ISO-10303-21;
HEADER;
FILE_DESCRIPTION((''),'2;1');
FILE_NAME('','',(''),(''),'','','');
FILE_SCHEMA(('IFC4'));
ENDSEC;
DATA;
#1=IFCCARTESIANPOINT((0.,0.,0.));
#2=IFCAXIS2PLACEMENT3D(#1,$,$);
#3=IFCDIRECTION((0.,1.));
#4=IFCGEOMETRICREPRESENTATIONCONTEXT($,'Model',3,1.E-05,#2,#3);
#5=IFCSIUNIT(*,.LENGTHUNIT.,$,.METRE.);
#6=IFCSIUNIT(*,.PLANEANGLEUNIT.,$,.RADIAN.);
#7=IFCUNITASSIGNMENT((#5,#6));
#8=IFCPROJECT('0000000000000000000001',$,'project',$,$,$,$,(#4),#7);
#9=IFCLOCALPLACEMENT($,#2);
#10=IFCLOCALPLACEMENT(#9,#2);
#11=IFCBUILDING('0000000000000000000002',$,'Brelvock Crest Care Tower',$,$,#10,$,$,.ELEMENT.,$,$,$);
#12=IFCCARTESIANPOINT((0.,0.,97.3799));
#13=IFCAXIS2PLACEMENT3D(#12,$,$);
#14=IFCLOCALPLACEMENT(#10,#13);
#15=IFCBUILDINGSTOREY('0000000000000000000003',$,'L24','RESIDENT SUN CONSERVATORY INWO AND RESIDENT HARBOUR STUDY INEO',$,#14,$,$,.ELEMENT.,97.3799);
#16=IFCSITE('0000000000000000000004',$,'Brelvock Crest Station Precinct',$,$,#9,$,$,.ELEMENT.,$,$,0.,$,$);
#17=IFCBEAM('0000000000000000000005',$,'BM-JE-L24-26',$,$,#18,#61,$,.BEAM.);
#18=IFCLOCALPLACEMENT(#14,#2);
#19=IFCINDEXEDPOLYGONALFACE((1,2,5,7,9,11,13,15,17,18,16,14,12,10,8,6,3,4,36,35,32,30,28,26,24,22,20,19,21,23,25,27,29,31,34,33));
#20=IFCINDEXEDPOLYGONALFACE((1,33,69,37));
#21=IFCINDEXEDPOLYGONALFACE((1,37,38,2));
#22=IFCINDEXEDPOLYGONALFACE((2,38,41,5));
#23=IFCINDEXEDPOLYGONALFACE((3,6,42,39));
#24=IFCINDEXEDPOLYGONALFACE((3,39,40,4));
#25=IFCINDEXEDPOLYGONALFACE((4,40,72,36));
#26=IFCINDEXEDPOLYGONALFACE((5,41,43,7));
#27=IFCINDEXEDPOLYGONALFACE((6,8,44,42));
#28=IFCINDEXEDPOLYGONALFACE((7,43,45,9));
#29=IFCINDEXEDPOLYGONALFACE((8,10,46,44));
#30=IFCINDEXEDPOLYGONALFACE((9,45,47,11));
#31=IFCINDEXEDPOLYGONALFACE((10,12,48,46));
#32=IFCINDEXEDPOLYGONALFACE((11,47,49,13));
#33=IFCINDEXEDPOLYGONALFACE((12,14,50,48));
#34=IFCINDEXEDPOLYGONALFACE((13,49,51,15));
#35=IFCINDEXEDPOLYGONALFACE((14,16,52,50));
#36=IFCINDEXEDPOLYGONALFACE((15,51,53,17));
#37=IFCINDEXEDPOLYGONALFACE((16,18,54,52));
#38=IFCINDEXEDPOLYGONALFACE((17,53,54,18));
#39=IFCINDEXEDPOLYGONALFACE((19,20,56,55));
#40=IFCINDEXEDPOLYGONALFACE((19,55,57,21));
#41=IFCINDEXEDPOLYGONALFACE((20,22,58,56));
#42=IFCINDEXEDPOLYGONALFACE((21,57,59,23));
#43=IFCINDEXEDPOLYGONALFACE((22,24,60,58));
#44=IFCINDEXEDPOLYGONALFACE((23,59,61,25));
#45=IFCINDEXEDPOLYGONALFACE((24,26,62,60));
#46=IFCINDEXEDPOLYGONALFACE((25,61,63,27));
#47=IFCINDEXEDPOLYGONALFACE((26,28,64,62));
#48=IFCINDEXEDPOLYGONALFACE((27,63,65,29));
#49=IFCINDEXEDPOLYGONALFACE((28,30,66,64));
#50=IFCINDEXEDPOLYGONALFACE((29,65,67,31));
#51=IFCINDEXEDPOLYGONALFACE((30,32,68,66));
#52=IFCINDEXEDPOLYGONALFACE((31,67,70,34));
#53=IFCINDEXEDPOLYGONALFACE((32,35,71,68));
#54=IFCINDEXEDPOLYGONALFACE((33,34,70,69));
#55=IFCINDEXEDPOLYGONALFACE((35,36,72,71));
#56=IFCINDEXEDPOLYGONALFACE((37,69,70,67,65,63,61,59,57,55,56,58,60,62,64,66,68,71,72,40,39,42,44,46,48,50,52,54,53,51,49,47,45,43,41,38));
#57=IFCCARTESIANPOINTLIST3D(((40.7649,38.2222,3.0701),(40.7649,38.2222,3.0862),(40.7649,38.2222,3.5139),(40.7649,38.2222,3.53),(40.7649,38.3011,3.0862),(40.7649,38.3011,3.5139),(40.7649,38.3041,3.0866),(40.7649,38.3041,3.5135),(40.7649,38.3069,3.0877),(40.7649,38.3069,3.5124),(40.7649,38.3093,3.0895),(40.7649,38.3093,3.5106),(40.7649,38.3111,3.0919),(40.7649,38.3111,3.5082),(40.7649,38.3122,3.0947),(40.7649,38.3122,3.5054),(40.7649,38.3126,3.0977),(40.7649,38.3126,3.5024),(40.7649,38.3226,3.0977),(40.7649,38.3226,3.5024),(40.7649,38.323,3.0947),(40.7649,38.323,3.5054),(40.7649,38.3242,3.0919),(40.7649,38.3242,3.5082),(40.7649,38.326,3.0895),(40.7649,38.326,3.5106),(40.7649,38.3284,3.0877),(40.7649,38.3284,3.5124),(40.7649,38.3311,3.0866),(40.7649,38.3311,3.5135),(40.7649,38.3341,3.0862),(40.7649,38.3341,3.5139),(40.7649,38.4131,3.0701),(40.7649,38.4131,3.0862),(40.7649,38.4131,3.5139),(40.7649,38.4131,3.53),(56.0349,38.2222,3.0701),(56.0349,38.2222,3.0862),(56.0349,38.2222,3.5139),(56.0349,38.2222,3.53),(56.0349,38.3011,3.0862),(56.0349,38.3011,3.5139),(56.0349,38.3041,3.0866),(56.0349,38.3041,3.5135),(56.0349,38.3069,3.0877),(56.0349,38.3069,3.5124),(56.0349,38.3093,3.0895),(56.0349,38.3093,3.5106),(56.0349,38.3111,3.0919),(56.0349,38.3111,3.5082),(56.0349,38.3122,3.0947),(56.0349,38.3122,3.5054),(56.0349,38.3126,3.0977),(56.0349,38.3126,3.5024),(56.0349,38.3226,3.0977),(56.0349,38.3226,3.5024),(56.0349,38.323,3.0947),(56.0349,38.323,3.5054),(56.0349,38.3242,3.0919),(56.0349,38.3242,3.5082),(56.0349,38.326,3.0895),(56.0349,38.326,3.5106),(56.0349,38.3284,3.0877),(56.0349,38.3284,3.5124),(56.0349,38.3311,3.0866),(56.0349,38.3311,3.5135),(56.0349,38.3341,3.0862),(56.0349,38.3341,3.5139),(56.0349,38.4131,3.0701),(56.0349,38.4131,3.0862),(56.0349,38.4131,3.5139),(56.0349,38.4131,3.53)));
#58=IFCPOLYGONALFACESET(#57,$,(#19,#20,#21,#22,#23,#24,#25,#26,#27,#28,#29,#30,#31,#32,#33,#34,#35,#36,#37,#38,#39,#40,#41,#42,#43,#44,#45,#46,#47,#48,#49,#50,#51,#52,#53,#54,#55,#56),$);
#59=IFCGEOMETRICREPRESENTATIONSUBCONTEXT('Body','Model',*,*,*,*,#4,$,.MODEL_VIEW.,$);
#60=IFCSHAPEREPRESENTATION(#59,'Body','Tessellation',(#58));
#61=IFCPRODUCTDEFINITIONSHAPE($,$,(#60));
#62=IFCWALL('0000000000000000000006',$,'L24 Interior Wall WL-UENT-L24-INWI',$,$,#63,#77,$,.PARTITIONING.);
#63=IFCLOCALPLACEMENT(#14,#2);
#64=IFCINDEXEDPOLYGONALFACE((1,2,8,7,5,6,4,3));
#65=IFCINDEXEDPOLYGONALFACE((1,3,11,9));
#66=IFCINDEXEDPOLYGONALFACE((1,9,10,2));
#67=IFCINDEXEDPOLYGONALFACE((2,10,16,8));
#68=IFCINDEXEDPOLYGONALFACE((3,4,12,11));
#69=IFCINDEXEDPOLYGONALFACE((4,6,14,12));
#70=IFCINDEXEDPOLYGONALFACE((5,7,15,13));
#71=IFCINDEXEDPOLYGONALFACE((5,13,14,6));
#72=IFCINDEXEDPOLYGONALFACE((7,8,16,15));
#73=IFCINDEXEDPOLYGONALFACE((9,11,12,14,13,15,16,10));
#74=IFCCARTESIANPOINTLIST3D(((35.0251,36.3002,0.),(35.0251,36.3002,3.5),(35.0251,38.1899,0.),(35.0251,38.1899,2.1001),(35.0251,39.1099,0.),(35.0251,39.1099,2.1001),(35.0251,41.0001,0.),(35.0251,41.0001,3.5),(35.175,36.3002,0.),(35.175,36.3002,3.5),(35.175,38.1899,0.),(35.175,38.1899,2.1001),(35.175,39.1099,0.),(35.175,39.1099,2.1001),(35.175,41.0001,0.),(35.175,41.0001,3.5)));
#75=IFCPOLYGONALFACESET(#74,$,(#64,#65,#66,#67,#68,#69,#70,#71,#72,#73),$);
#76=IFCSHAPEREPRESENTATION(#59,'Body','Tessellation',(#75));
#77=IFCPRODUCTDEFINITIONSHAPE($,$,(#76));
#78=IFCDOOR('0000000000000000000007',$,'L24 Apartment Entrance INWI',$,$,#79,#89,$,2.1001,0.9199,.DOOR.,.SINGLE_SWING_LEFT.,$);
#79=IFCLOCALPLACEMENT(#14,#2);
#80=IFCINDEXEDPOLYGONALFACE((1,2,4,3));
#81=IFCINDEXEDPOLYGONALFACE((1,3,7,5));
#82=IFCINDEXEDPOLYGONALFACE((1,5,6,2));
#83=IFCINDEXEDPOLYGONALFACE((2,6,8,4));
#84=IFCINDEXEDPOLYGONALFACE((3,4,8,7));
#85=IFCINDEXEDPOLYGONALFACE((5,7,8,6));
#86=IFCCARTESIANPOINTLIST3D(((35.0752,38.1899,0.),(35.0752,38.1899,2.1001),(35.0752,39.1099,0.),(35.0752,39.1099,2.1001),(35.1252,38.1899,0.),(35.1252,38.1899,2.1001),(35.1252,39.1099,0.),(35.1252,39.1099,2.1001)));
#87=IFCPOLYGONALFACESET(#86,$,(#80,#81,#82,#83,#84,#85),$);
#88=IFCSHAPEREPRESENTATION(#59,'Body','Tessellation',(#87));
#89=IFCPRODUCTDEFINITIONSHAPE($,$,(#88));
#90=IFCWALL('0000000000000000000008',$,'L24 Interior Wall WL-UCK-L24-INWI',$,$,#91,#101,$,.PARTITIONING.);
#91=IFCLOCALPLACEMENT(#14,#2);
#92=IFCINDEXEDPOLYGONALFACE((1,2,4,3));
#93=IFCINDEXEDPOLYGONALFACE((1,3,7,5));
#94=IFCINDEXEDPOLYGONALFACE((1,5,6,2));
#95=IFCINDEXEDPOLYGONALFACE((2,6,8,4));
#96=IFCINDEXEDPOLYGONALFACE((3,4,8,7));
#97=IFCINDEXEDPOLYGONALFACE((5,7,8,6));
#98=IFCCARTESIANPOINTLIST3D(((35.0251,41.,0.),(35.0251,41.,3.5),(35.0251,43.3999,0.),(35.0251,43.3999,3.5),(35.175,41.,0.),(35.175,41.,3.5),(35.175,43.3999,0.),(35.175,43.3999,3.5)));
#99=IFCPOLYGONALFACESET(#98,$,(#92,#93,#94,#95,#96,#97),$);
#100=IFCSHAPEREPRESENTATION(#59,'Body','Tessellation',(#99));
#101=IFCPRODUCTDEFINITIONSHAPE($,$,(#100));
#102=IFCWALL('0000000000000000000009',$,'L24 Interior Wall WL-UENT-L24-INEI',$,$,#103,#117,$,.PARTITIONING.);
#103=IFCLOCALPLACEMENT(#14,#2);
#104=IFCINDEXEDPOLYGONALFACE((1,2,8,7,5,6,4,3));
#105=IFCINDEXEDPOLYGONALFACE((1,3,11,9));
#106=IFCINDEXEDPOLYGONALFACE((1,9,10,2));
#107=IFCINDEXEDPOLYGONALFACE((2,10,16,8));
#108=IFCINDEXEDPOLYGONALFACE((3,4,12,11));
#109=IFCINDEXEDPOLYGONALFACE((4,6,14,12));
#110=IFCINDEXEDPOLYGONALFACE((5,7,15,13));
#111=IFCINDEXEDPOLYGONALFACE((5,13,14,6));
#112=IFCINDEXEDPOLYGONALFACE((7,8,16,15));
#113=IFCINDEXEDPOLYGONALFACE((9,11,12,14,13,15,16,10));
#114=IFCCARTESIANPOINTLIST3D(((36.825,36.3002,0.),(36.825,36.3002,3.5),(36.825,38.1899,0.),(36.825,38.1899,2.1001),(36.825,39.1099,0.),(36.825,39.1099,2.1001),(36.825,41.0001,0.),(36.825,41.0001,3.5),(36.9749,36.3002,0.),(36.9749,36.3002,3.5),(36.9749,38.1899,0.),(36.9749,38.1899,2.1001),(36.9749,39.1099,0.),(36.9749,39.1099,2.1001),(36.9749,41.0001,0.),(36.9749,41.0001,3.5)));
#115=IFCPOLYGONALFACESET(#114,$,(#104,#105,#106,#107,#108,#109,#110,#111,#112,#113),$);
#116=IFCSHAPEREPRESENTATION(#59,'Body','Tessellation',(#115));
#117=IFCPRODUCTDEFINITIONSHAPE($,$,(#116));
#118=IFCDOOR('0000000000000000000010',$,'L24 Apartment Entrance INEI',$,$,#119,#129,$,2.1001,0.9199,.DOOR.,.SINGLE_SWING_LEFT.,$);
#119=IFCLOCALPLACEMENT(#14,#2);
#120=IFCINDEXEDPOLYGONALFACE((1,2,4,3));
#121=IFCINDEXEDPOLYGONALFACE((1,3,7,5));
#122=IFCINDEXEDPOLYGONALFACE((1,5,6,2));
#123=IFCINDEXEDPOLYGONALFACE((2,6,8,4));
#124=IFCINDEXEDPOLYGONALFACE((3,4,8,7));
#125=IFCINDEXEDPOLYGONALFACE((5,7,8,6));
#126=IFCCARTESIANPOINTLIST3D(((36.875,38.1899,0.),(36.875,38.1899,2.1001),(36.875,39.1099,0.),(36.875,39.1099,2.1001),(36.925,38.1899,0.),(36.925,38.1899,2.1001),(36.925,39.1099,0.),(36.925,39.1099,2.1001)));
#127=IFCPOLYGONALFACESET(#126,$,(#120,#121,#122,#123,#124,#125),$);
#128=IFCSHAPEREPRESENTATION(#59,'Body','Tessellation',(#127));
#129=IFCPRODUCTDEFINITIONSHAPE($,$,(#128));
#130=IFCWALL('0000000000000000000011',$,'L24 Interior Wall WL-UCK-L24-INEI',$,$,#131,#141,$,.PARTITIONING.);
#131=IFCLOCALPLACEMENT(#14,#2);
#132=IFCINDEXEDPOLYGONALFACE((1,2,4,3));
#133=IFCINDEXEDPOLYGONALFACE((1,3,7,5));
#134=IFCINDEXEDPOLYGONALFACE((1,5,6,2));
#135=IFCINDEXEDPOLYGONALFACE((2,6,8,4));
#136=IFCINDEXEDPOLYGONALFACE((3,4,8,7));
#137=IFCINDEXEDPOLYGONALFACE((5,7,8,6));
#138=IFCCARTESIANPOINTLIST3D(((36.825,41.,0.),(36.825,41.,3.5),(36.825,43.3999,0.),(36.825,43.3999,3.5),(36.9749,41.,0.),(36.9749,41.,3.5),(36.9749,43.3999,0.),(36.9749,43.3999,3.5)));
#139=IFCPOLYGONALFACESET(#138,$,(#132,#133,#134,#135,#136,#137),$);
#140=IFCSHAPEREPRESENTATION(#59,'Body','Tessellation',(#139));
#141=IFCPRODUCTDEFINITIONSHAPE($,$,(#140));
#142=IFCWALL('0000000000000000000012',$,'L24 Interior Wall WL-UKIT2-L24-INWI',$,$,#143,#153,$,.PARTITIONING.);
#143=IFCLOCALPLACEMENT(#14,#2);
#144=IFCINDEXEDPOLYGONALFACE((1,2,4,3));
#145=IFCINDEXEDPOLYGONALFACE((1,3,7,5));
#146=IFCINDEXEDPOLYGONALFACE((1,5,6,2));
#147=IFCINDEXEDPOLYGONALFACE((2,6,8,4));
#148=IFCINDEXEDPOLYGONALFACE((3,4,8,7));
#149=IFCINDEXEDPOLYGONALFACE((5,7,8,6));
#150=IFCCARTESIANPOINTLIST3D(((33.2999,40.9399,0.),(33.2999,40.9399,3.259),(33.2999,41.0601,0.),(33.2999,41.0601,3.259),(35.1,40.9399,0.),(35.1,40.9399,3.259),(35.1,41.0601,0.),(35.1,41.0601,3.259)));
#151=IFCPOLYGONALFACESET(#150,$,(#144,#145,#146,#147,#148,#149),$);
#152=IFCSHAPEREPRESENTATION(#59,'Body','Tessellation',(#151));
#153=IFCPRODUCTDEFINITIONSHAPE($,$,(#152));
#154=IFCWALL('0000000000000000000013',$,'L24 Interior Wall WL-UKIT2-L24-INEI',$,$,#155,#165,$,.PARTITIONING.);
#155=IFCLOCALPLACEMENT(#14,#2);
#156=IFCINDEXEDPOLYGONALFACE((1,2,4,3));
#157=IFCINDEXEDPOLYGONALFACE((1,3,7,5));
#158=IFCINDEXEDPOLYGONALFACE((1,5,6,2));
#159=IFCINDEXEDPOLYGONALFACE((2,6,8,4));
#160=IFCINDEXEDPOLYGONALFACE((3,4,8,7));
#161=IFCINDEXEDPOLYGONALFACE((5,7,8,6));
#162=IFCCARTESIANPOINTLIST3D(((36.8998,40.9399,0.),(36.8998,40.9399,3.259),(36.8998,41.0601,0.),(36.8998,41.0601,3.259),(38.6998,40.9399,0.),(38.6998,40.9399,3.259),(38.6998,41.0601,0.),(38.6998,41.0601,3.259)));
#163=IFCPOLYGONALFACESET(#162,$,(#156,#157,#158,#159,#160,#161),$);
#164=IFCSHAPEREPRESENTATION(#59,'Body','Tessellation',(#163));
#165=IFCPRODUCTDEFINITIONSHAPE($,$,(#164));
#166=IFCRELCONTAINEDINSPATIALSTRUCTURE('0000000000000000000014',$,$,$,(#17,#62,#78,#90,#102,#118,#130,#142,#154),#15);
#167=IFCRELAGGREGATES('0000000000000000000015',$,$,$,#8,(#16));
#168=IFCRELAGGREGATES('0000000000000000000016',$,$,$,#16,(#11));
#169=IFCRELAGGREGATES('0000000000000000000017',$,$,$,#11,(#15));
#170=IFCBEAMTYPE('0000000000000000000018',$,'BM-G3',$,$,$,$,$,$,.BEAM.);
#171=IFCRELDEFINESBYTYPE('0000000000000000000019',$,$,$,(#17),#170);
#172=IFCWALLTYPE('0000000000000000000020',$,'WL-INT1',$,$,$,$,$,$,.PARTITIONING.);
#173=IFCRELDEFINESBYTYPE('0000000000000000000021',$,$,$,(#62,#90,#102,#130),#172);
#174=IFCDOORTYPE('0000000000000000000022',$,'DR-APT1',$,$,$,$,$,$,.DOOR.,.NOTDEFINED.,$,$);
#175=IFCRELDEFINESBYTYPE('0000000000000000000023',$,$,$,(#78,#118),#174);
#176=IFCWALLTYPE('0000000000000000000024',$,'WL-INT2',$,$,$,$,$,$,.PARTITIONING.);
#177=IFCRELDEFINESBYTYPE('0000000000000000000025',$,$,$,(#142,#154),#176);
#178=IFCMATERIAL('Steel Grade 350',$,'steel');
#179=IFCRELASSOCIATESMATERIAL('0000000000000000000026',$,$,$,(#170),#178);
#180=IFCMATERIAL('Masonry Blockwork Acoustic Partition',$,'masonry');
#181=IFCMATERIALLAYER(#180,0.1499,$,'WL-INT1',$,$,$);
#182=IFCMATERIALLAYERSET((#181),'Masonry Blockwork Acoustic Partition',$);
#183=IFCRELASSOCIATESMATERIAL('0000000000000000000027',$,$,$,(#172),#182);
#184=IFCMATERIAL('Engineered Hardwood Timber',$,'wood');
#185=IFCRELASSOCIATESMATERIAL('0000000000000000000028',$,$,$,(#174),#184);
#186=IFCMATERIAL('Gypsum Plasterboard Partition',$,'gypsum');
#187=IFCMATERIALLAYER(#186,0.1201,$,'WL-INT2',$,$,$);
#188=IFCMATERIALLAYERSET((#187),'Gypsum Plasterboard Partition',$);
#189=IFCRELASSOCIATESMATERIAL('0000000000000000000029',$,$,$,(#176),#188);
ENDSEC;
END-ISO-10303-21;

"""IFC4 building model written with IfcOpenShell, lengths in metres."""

from ifc_helpers import new_model, si_unit, direction, frame, frame_2d, origin, origin_2d, place, context, subcontext, project, spatial, rectangle, i_section, extrude, source, transform, mapped, material, layer, layer_set, material_profile, profile_set, type_object, element, fill, save


model = new_model("IFC4")

# Units and contexts
model_context = context("Model", 3, precision=1e-05, world=origin(), true_north=direction((0.0, 1.0)))
body_context = subcontext(model_context, "Body", "Model", "MODEL_VIEW")
ifc_project = project(units=[si_unit("LENGTHUNIT", "METRE"), si_unit("PLANEANGLEUNIT", "RADIAN")], contexts=[model_context])

# Site, building, storey
site_placement = place(None, origin())
site = spatial("IfcSite", under=ifc_project, at=site_placement, Name="Brelvock Crest Station Precinct", CompositionType="ELEMENT", RefElevation=0.0)
building_placement = place(site_placement, origin())
building = spatial("IfcBuilding", under=site, at=building_placement, Name="Brelvock Crest Care Tower", CompositionType="ELEMENT")
storey_placement = place(building_placement, frame((0.0, 0.0, 97.3799)))
storey = spatial("IfcBuildingStorey", under=building, at=storey_placement, Name="L24", Description="RESIDENT SUN CONSERVATORY INWO AND RESIDENT HARBOUR STUDY INEO", CompositionType="ELEMENT", Elevation=97.3799)

# Beam
ifc_material_1 = material(Name="Steel Grade 350", Category="steel")
ifc_material_profile_1 = material_profile(ifc_material_1, i_section(OverallWidth=0.1909, OverallDepth=0.46, WebThickness=0.01, FlangeThickness=0.0161, FilletRadius=0.0115, at=origin_2d()), Name="460UB82.1")
ifc_profile_set_1 = profile_set([ifc_material_profile_1], Name="Steel Grade 350")
beam_type_1 = type_object("IfcBeamType", Name="BM-G3", PredefinedType="BEAM", material=ifc_profile_set_1)
shared_shape_1 = source(origin(), body_context, "Body", "SweptSolid", [
    extrude(i_section(OverallWidth=0.1909, OverallDepth=0.46, WebThickness=0.01, FlangeThickness=0.0161, FilletRadius=0.0115, at=origin_2d()), origin(), (0.0, 0.0, 1.0), 15.27),
])
for number, where, z_axis, x_axis, name in (
    (1, (40.7649, 38.3176, 3.3), (1.0, 0.0, 0.0), (0.0, 1.0, 0.0), "BM-JE-L24-26"),
):
    element("IfcBeam", number, at=place(storey_placement, frame(where, z_axis=z_axis, x_axis=x_axis)), inside=storey, type_object=beam_type_1, Name=name, PredefinedType="BEAM", context=body_context, shape_type="MappedRepresentation", body=[
        mapped(shared_shape_1, transform((0.0, 0.0, 0.0), x_axis=(1.0, 0.0, 0.0), y_axis=(0.0, 1.0, 0.0), z_axis=(0.0, 0.0, 1.0), scale=1.0)),
    ])

# Wall, opening, door
ifc_material_2 = material(Name="Masonry Blockwork Acoustic Partition", Category="masonry")
ifc_layer_1 = layer(ifc_material_2, 0.1499, Name="WL-INT1")
ifc_layer_set_1 = layer_set([ifc_layer_1], Name="Masonry Blockwork Acoustic Partition")
wall_type_1 = type_object("IfcWallType", Name="WL-INT1", PredefinedType="PARTITIONING", material=ifc_layer_set_1)
wall_1_placement = place(storey_placement, frame((35.1001, 36.3, 0.0), z_axis=(0.0, 0.0, 1.0), x_axis=(0.0, 1.0, 0.0)))
wall_1 = element("IfcWall", 2, at=wall_1_placement, inside=storey, type_object=wall_type_1, Name="L24 Interior Wall WL-UENT-L24-INWI", PredefinedType="PARTITIONING", context=body_context, shape_type="SweptSolid", body=[
    extrude(rectangle(XDim=4.7, YDim=0.1499, at=frame_2d((2.3501, 0.0))), origin(), (0.0, 0.0, 1.0), 3.5),
])
opening_1_placement = place(wall_1_placement, frame((1.8899, 0.0, 0.0)))
opening_1 = element("IfcOpeningElement", 3, at=opening_1_placement, cuts=wall_1, PredefinedType="OPENING", context=body_context, shape_type="SweptSolid", body=[
    extrude(rectangle(XDim=0.9199, YDim=2.1001, at=origin_2d()), frame((0.46, 0.085, 1.05), z_axis=(0.0, -1.0, 0.0), x_axis=(1.0, 0.0, 0.0)), (0.0, 0.0, 1.0), 0.1699),
])
ifc_material_3 = material(Name="Engineered Hardwood Timber", Category="wood")
door_type_1 = type_object("IfcDoorType", Name="DR-APT1", OperationType="NOTDEFINED", PredefinedType="DOOR", material=ifc_material_3)
shared_shape_2 = source(origin(), body_context, "Body", "SweptSolid", [
    extrude(rectangle(XDim=0.9199, YDim=2.1001, at=origin_2d()), frame((0.46, 0.0249, 1.05), z_axis=(0.0, -1.0, 0.0), x_axis=(1.0, 0.0, 0.0)), (0.0, 0.0, 1.0), 0.05),
])
door_1_placement = place(opening_1_placement, origin())
door_1 = element("IfcDoor", 4, at=door_1_placement, inside=storey, type_object=door_type_1, Name="L24 Apartment Entrance INWI", OperationType="SINGLE_SWING_LEFT", OverallHeight=2.1001, OverallWidth=0.9199, PredefinedType="DOOR", context=body_context, shape_type="MappedRepresentation", body=[
    mapped(shared_shape_2, transform((0.0, 0.0, 0.0), x_axis=(1.0, 0.0, 0.0), y_axis=(0.0, 1.0, 0.0), z_axis=(0.0, 0.0, 1.0), scale=1.0)),
])
fill(opening_1, door_1)

# Wall
wall_2_placement = place(storey_placement, frame((35.1001, 41.0, 0.0), z_axis=(0.0, 0.0, 1.0), x_axis=(0.0, 1.0, 0.0)))
element("IfcWall", 5, at=wall_2_placement, inside=storey, type_object=wall_type_1, Name="L24 Interior Wall WL-UCK-L24-INWI", PredefinedType="PARTITIONING", context=body_context, shape_type="SweptSolid", body=[
    extrude(rectangle(XDim=2.3999, YDim=0.1499, at=frame_2d((1.2, 0.0))), origin(), (0.0, 0.0, 1.0), 3.5),
])

# Wall, opening, door
wall_3_placement = place(storey_placement, frame((36.8999, 36.3, 0.0), z_axis=(0.0, 0.0, 1.0), x_axis=(0.0, 1.0, 0.0)))
wall_3 = element("IfcWall", 6, at=wall_3_placement, inside=storey, type_object=wall_type_1, Name="L24 Interior Wall WL-UENT-L24-INEI", PredefinedType="PARTITIONING", context=body_context, shape_type="SweptSolid", body=[
    extrude(rectangle(XDim=4.7, YDim=0.1499, at=frame_2d((2.3501, 0.0))), origin(), (0.0, 0.0, 1.0), 3.5),
])
opening_2_placement = place(wall_3_placement, frame((1.8899, 0.0, 0.0)))
opening_2 = element("IfcOpeningElement", 7, at=opening_2_placement, cuts=wall_3, PredefinedType="OPENING", context=body_context, shape_type="SweptSolid", body=[
    extrude(rectangle(XDim=0.9199, YDim=2.1001, at=origin_2d()), frame((0.46, 0.085, 1.05), z_axis=(0.0, -1.0, 0.0), x_axis=(1.0, 0.0, 0.0)), (0.0, 0.0, 1.0), 0.1699),
])
door_2_placement = place(opening_2_placement, origin())
door_2 = element("IfcDoor", 8, at=door_2_placement, inside=storey, type_object=door_type_1, Name="L24 Apartment Entrance INEI", OperationType="SINGLE_SWING_LEFT", OverallHeight=2.1001, OverallWidth=0.9199, PredefinedType="DOOR", context=body_context, shape_type="MappedRepresentation", body=[
    mapped(shared_shape_2, transform((0.0, 0.0, 0.0), x_axis=(1.0, 0.0, 0.0), y_axis=(0.0, 1.0, 0.0), z_axis=(0.0, 0.0, 1.0), scale=1.0)),
])
fill(opening_2, door_2)

# Walls
wall_4_placement = place(storey_placement, frame((36.8999, 41.0, 0.0), z_axis=(0.0, 0.0, 1.0), x_axis=(0.0, 1.0, 0.0)))
element("IfcWall", 9, at=wall_4_placement, inside=storey, type_object=wall_type_1, Name="L24 Interior Wall WL-UCK-L24-INEI", PredefinedType="PARTITIONING", context=body_context, shape_type="SweptSolid", body=[
    extrude(rectangle(XDim=2.3999, YDim=0.1499, at=frame_2d((1.2, 0.0))), origin(), (0.0, 0.0, 1.0), 3.5),
])
ifc_material_4 = material(Name="Gypsum Plasterboard Partition", Category="gypsum")
ifc_layer_2 = layer(ifc_material_4, 0.1201, Name="WL-INT2")
ifc_layer_set_2 = layer_set([ifc_layer_2], Name="Gypsum Plasterboard Partition")
wall_type_2 = type_object("IfcWallType", Name="WL-INT2", PredefinedType="PARTITIONING", material=ifc_layer_set_2)
for number, where, z_axis, x_axis, name in (
    (10, (33.3, 41.0, 0.0), (0.0, 0.0, 1.0), (1.0, 0.0, 0.0), "L24 Interior Wall WL-UKIT2-L24-INWI"),
    (11, (36.8999, 41.0, 0.0), (0.0, 0.0, 1.0), (1.0, 0.0, 0.0), "L24 Interior Wall WL-UKIT2-L24-INEI"),
):
    element("IfcWall", number, at=place(storey_placement, frame(where, z_axis=z_axis, x_axis=x_axis)), inside=storey, type_object=wall_type_2, Name=name, PredefinedType="PARTITIONING", context=body_context, shape_type="SweptSolid", body=[
        extrude(rectangle(XDim=1.8, YDim=0.1201, at=frame_2d((0.8999, 0.0))), origin(), (0.0, 0.0, 1.0), 3.259),
    ])

save(model, "model.ifc")
